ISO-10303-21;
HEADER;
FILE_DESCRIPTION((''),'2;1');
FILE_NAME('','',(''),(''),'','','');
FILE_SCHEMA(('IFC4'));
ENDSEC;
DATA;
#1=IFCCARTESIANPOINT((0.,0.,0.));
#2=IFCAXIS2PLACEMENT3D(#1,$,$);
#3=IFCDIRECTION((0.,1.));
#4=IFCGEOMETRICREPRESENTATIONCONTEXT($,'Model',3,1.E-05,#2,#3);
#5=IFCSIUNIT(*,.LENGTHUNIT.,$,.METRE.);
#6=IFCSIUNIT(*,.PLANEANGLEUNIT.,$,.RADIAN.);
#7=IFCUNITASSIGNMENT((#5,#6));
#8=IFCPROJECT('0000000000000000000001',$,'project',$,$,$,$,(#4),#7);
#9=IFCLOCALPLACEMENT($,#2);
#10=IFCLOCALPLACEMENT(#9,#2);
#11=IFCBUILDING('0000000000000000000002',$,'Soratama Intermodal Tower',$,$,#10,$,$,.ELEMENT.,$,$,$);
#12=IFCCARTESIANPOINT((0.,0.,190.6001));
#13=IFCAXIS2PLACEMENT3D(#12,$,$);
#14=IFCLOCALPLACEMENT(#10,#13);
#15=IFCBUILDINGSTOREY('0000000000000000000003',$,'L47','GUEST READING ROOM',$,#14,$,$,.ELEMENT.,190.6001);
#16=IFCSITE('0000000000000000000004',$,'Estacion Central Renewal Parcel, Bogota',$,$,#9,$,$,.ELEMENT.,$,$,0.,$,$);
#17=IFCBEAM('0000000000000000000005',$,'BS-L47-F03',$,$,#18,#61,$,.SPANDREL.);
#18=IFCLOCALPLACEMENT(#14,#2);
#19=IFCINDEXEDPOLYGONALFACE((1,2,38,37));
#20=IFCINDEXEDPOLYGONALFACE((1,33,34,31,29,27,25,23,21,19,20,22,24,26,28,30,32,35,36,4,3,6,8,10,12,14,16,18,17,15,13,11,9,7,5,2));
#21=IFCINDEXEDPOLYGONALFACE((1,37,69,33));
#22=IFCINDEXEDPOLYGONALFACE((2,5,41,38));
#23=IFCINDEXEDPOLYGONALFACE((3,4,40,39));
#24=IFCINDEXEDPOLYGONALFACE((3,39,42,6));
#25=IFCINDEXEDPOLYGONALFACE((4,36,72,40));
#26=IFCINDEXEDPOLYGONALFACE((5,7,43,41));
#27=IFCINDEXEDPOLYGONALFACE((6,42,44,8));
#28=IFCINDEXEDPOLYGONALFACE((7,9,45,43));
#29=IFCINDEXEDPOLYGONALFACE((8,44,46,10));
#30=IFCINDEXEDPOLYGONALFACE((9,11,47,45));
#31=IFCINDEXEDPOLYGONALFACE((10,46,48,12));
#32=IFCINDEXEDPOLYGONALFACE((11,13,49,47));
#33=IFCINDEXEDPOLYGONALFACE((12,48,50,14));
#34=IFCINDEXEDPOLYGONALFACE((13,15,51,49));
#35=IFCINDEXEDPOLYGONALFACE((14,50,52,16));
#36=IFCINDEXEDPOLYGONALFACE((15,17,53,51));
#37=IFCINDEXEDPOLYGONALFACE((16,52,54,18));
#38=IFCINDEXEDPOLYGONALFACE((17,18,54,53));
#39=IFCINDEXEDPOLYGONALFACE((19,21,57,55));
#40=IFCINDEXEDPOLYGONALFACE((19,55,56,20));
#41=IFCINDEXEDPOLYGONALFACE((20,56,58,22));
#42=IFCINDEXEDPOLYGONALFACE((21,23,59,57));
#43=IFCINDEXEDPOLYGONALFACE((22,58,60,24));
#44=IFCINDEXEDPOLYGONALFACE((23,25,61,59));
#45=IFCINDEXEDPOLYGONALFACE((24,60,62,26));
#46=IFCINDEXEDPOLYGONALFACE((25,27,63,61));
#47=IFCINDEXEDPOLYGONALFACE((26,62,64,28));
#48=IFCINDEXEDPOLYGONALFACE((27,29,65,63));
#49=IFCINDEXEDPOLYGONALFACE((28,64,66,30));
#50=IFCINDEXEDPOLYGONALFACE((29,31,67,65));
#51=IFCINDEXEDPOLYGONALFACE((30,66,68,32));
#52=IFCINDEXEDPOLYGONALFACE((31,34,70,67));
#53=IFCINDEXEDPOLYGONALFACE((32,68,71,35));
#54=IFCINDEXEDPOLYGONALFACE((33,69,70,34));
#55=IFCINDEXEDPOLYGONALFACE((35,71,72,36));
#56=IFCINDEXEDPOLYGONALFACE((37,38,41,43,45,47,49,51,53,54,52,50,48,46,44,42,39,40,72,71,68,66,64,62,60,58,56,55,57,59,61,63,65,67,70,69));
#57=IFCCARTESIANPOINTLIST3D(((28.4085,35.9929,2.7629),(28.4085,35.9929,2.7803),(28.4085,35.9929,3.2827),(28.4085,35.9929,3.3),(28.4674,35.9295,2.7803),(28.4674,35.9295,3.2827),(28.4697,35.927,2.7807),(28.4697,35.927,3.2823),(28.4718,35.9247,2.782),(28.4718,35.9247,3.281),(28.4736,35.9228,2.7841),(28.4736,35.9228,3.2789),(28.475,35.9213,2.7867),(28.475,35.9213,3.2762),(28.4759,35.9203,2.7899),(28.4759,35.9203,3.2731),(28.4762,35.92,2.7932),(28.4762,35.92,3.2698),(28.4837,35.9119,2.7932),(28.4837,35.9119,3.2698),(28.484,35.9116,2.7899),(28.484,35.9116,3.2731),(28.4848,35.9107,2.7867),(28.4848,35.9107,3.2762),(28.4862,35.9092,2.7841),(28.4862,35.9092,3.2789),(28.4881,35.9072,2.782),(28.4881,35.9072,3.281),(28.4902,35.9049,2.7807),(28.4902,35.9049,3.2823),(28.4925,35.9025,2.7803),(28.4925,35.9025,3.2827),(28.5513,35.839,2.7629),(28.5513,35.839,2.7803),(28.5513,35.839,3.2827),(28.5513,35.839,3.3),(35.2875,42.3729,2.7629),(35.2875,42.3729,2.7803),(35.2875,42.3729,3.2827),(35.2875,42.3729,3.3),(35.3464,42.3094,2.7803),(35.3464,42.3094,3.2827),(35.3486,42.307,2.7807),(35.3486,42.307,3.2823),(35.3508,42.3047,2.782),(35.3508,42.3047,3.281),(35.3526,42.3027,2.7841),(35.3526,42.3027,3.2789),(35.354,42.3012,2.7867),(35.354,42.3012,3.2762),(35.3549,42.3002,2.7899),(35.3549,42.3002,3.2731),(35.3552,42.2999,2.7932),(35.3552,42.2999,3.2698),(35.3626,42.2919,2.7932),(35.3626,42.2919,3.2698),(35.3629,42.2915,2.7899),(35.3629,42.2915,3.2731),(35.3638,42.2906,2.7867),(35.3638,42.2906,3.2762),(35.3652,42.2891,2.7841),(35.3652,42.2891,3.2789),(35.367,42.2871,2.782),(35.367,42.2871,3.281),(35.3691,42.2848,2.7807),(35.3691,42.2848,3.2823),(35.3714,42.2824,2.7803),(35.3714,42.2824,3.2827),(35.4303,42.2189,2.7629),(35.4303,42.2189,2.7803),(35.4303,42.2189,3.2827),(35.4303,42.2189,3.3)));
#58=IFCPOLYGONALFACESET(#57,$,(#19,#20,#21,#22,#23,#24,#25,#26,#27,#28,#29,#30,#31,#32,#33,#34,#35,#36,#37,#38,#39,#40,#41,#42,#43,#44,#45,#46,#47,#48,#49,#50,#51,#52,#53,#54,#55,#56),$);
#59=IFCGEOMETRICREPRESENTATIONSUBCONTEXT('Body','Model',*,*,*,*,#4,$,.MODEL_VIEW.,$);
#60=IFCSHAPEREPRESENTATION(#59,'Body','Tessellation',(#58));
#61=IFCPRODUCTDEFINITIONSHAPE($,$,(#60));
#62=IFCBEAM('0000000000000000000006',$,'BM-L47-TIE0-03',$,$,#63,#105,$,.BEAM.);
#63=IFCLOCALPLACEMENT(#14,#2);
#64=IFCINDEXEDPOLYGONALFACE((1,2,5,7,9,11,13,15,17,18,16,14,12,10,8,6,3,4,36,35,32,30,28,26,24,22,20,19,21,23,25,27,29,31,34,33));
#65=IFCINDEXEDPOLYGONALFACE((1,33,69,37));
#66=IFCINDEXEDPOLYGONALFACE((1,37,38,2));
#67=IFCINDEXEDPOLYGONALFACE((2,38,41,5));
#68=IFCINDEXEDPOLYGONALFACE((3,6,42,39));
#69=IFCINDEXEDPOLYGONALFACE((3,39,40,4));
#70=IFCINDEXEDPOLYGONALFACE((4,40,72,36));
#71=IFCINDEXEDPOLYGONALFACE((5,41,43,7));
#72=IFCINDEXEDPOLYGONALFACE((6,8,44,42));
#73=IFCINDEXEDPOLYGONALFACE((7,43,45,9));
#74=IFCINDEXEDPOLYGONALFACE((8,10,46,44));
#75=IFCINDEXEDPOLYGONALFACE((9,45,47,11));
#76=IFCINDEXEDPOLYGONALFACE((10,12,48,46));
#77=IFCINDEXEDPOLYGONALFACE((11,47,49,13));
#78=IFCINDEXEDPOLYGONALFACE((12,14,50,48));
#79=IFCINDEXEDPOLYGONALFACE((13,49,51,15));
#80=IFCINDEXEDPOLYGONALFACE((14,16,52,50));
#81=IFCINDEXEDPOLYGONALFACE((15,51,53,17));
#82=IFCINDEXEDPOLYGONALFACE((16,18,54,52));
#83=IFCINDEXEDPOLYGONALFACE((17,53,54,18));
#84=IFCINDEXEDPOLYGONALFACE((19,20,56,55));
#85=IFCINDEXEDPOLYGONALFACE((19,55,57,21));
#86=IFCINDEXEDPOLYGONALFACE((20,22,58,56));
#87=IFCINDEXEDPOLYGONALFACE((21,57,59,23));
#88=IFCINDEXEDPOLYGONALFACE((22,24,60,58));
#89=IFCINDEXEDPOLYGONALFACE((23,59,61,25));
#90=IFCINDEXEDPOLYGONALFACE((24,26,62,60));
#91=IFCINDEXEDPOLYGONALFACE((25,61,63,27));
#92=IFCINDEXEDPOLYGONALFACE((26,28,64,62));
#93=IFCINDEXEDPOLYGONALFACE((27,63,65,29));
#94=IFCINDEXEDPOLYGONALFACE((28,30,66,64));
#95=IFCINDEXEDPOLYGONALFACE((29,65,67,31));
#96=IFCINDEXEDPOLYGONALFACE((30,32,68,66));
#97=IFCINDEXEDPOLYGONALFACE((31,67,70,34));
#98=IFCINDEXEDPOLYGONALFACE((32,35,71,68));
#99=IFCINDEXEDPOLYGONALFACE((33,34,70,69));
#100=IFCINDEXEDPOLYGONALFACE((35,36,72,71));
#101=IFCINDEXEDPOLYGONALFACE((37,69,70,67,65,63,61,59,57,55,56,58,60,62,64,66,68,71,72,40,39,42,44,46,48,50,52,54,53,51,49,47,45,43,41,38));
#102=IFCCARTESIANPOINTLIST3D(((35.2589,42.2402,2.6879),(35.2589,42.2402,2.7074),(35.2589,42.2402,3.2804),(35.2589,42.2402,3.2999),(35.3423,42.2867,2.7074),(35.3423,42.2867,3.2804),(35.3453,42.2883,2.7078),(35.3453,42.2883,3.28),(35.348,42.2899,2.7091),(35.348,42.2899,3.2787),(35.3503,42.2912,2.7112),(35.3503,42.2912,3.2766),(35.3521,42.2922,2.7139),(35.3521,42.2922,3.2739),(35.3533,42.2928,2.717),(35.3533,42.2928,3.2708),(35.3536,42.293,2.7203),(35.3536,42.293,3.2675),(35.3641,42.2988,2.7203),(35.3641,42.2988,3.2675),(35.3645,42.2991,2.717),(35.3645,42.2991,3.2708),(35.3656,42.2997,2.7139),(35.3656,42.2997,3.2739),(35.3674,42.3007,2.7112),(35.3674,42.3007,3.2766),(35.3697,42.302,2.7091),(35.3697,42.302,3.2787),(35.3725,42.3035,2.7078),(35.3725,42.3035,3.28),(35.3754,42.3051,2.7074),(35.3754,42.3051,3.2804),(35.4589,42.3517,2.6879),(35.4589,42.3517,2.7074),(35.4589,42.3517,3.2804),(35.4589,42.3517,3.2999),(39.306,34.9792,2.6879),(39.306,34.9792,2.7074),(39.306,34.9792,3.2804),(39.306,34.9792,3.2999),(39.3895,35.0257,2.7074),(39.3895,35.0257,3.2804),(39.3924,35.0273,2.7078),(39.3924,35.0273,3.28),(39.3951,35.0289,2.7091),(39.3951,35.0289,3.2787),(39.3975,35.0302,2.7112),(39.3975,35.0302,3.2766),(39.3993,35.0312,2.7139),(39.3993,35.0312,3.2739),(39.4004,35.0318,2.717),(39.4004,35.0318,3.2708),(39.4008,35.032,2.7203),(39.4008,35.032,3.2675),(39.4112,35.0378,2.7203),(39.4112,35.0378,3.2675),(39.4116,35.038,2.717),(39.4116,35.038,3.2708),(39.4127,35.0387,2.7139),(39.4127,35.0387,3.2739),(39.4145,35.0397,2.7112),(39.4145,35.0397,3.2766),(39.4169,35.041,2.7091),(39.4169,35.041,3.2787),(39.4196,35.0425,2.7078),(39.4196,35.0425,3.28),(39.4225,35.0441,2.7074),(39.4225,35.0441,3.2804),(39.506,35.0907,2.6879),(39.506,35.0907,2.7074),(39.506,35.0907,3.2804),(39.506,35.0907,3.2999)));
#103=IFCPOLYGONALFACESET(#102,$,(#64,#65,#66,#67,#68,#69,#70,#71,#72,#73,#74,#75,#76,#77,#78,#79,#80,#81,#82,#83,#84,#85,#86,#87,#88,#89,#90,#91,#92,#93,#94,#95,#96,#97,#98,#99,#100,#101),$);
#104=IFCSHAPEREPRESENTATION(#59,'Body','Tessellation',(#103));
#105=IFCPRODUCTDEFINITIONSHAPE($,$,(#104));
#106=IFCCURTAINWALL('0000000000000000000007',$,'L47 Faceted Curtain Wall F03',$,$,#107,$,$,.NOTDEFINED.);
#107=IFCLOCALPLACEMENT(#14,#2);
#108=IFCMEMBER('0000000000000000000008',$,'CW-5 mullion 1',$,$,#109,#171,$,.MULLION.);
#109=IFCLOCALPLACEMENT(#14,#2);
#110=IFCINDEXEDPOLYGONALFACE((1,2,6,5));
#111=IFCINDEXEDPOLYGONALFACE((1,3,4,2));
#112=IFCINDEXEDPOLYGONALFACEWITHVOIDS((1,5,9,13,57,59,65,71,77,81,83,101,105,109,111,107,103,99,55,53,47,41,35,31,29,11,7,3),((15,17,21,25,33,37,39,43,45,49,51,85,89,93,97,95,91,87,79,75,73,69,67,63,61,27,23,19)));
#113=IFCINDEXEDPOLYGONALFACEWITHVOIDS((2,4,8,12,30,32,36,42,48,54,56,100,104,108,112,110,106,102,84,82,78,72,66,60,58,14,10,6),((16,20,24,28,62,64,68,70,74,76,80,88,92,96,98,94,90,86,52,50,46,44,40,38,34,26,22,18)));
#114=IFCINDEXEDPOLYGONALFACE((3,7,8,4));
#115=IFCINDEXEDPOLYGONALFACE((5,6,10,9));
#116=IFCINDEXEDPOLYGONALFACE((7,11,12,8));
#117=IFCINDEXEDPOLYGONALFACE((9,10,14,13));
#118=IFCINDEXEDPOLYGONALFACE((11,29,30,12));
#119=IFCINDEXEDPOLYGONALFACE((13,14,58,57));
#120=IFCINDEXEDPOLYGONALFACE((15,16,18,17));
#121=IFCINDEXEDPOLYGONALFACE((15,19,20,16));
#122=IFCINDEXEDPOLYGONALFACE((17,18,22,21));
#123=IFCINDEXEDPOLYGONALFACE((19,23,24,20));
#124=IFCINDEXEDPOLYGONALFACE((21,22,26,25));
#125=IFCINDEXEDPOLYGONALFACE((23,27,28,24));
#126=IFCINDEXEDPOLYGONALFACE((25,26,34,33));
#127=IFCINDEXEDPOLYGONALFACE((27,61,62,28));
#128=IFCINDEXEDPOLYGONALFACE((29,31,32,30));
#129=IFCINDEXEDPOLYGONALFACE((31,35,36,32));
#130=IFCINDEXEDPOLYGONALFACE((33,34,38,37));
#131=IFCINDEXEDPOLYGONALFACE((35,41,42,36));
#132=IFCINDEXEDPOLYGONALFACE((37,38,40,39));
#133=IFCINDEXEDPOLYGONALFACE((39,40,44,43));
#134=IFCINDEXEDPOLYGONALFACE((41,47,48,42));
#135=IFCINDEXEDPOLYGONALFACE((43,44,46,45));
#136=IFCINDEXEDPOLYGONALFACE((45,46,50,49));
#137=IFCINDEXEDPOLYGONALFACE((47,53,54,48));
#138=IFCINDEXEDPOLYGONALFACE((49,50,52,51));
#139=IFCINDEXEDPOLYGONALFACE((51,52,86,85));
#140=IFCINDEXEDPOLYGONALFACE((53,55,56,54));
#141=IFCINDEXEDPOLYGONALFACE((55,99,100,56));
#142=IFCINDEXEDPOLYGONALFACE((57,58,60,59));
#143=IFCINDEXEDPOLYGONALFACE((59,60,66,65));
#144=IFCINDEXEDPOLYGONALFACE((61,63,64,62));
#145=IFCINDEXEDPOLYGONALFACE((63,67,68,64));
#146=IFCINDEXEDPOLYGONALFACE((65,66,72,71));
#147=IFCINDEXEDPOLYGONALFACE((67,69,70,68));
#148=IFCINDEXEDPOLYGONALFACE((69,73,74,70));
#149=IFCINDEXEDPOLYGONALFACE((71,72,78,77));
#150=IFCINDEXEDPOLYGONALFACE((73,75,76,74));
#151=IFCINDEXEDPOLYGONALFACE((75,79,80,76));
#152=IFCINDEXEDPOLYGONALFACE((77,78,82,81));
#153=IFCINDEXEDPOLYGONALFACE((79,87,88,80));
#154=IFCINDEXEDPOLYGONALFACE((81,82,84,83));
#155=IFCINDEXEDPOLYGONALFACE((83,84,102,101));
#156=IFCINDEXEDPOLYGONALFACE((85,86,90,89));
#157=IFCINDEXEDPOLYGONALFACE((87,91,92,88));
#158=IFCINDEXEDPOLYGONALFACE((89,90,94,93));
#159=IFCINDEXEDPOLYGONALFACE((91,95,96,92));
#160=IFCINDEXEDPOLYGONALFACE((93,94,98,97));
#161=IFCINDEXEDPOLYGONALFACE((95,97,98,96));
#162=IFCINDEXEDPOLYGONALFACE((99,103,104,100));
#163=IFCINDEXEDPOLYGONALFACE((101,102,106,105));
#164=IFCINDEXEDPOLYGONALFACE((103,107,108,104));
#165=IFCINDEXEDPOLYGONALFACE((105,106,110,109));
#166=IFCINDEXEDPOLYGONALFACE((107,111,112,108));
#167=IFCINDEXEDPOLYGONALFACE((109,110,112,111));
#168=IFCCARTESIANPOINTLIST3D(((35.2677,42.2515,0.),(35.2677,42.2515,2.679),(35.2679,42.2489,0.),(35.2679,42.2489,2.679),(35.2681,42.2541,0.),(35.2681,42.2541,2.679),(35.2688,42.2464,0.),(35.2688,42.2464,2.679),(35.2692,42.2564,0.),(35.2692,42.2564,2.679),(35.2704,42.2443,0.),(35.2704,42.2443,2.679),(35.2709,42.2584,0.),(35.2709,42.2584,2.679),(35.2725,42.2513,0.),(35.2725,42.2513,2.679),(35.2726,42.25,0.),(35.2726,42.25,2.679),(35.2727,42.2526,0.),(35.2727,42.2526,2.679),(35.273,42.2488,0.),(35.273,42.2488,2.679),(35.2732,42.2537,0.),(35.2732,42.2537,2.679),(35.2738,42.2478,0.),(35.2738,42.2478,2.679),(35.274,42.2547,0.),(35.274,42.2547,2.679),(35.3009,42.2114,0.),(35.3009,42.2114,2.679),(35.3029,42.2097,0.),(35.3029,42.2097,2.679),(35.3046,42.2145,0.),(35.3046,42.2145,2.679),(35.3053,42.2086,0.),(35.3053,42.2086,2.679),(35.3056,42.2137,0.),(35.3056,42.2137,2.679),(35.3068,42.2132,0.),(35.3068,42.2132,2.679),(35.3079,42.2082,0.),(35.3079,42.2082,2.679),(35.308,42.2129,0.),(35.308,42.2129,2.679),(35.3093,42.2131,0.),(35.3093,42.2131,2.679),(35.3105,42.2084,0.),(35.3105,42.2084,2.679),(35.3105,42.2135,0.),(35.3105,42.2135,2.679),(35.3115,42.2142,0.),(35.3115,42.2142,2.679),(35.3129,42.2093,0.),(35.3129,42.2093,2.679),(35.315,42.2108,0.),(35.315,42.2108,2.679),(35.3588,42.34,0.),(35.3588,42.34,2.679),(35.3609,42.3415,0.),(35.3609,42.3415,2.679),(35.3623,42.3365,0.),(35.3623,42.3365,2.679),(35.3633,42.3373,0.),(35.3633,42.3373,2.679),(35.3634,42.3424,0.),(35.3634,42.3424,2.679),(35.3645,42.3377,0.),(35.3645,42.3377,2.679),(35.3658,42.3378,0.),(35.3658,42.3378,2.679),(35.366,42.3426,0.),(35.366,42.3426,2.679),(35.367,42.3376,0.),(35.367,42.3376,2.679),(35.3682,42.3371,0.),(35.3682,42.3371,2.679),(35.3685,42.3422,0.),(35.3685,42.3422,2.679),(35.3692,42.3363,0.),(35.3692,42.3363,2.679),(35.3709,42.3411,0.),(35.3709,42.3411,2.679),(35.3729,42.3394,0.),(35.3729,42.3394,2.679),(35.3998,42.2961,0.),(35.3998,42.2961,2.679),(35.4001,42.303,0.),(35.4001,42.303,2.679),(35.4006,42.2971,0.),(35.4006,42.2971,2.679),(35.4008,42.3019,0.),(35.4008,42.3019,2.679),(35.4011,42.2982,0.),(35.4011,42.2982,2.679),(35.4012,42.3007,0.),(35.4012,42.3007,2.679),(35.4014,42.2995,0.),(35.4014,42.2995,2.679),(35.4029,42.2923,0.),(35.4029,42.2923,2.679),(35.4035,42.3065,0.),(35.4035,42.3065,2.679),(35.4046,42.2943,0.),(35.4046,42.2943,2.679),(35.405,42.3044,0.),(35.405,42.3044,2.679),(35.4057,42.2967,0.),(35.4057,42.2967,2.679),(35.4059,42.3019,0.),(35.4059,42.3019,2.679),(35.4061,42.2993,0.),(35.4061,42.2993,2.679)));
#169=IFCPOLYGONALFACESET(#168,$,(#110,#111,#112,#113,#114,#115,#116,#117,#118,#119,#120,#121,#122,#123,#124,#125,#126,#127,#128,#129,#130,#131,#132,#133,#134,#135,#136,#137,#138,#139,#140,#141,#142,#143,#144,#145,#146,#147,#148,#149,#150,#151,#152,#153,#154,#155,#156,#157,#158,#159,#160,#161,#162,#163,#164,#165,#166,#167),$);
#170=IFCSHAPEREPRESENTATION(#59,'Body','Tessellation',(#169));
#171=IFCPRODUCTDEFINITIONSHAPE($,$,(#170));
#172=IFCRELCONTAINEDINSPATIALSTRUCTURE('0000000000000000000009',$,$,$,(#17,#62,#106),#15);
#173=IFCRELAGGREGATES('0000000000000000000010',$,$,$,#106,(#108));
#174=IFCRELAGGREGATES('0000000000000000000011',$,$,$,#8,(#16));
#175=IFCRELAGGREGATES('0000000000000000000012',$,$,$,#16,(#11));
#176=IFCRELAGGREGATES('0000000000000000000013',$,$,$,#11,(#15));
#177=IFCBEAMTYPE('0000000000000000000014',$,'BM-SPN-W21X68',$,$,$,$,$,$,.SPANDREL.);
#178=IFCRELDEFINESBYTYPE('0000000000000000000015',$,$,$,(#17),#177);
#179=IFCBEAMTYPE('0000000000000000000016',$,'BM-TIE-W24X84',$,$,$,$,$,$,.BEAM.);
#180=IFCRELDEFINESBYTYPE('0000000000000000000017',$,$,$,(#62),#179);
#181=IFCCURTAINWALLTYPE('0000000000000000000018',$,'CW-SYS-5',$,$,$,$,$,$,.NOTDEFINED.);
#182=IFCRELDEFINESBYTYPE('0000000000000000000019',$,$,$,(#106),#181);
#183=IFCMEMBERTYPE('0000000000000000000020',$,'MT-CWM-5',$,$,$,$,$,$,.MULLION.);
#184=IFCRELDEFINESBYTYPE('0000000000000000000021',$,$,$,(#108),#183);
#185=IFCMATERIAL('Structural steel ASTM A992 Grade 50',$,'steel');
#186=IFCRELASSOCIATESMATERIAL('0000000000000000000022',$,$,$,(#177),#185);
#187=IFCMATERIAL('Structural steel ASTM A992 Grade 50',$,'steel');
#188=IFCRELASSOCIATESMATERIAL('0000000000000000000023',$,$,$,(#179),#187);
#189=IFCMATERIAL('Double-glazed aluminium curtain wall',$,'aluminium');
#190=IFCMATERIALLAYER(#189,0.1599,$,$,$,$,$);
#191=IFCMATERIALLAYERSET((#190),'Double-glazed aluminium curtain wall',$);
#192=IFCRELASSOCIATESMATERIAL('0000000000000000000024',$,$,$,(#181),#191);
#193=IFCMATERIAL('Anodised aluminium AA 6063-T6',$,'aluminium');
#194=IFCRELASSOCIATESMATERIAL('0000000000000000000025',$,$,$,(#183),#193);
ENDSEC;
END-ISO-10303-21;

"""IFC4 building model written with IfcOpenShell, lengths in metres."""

from ifc_helpers import new_model, si_unit, direction, frame, origin, origin_2d, place, context, subcontext, project, spatial, hollow_rectangle, i_section, extrude, material, layer, layer_set, material_profile, profile_set, type_object, element, aggregate, save


model = new_model("IFC4")

# Units and contexts
model_context = context("Model", 3, precision=1e-05, world=origin(), true_north=direction((0.0, 1.0)))
body_context = subcontext(model_context, "Body", "Model", "MODEL_VIEW")
ifc_project = project(units=[si_unit("LENGTHUNIT", "METRE"), si_unit("PLANEANGLEUNIT", "RADIAN")], contexts=[model_context])

# Site, building, storey
site_placement = place(None, origin())
site = spatial("IfcSite", under=ifc_project, at=site_placement, Name="Estacion Central Renewal Parcel, Bogota", CompositionType="ELEMENT", RefElevation=0.0)
building_placement = place(site_placement, origin())
building = spatial("IfcBuilding", under=site, at=building_placement, Name="Soratama Intermodal Tower", CompositionType="ELEMENT")
storey_placement = place(building_placement, frame((0.0, 0.0, 190.6001)))
storey = spatial("IfcBuildingStorey", under=building, at=storey_placement, Name="L47", Description="GUEST READING ROOM", CompositionType="ELEMENT", Elevation=190.6001)

# Beams
ifc_material_1 = material(Name="Structural steel ASTM A992 Grade 50", Category="steel")
ifc_material_profile_1 = material_profile(ifc_material_1, i_section(OverallWidth=0.21, OverallDepth=0.5371, WebThickness=0.011, FlangeThickness=0.0173, FilletRadius=0.0129, at=origin_2d()), Name="W21X68")
ifc_profile_set_1 = profile_set([ifc_material_profile_1], Name="Structural steel ASTM A992 Grade 50")
beam_type_1 = type_object("IfcBeamType", Name="BM-SPN-W21X68", PredefinedType="SPANDREL", material=ifc_profile_set_1)
beam_1_placement = place(storey_placement, frame((35.3589, 42.2959, 3.0315), z_axis=(-0.733201, -0.680012, 0.0), x_axis=(0.680012, -0.733201, 0.0)))
element("IfcBeam", 1, at=beam_1_placement, inside=storey, type_object=beam_type_1, Name="BS-L47-F03", PredefinedType="SPANDREL", context=body_context, shape_type="SweptSolid", body=[
    extrude(i_section(OverallWidth=0.21, OverallDepth=0.5371, WebThickness=0.011, FlangeThickness=0.0173, FilletRadius=0.0129, at=origin_2d()), origin(), (0.0, 0.0, 1.0), 9.3821),
])
ifc_material_2 = material(Name="Structural steel ASTM A992 Grade 50", Category="steel")
ifc_material_profile_2 = material_profile(ifc_material_2, i_section(OverallWidth=0.229, OverallDepth=0.6121, WebThickness=0.012, FlangeThickness=0.0195, FilletRadius=0.0129, at=origin_2d()), Name="W24X84")
ifc_profile_set_2 = profile_set([ifc_material_profile_2], Name="Structural steel ASTM A992 Grade 50")
beam_type_2 = type_object("IfcBeamType", Name="BM-TIE-W24X84", PredefinedType="BEAM", material=ifc_profile_set_2)
beam_2_placement = place(storey_placement, frame((39.406, 35.0349, 2.9939), z_axis=(-0.486859, 0.87348, 0.0), x_axis=(-0.87348, -0.486859, 0.0)))
element("IfcBeam", 2, at=beam_2_placement, inside=storey, type_object=beam_type_2, Name="BM-L47-TIE0-03", PredefinedType="BEAM", context=body_context, shape_type="SweptSolid", body=[
    extrude(i_section(OverallWidth=0.229, OverallDepth=0.6121, WebThickness=0.012, FlangeThickness=0.0195, FilletRadius=0.0129, at=origin_2d()), origin(), (0.0, 0.0, 1.0), 8.3127),
])

# Curtain wall, member
ifc_material_3 = material(Name="Double-glazed aluminium curtain wall", Category="aluminium")
ifc_layer_1 = layer(ifc_material_3, 0.1599)
ifc_layer_set_1 = layer_set([ifc_layer_1], Name="Double-glazed aluminium curtain wall")
curtain_wall_type = type_object("IfcCurtainWallType", Name="CW-SYS-5", PredefinedType="NOTDEFINED", material=ifc_layer_set_1)
curtain_wall_placement = place(storey_placement, origin())
curtain_wall = element("IfcCurtainWall", 3, at=curtain_wall_placement, inside=storey, type_object=curtain_wall_type, Name="L47 Faceted Curtain Wall F03", PredefinedType="NOTDEFINED")
ifc_material_4 = material(Name="Anodised aluminium AA 6063-T6", Category="aluminium")
ifc_material_profile_3 = material_profile(ifc_material_4, hollow_rectangle(XDim=0.0649, YDim=0.1399, WallThickness=0.0049, InnerFilletRadius=0.0049, OuterFilletRadius=0.01, at=origin_2d()), Name="CWM140X65X5")
ifc_profile_set_3 = profile_set([ifc_material_profile_3], Name="Anodised aluminium AA 6063-T6")
member_type_1 = type_object("IfcMemberType", Name="MT-CWM-5", PredefinedType="MULLION", material=ifc_profile_set_3)
member_1_placement = place(storey_placement, frame((35.3369, 42.2754, 0.0), z_axis=(0.0, 0.0, 1.0), x_axis=(0.679958, -0.733251, 0.0)))
member_1 = element("IfcMember", 4, at=member_1_placement, type_object=member_type_1, Name="CW-5 mullion 1", PredefinedType="MULLION", context=body_context, shape_type="SweptSolid", body=[
    extrude(hollow_rectangle(XDim=0.0649, YDim=0.1399, WallThickness=0.0049, InnerFilletRadius=0.0049, OuterFilletRadius=0.01, at=origin_2d()), origin(), (0.0, 0.0, 1.0), 2.679),
])
aggregate(curtain_wall, [member_1])

save(model, "model.ifc")
